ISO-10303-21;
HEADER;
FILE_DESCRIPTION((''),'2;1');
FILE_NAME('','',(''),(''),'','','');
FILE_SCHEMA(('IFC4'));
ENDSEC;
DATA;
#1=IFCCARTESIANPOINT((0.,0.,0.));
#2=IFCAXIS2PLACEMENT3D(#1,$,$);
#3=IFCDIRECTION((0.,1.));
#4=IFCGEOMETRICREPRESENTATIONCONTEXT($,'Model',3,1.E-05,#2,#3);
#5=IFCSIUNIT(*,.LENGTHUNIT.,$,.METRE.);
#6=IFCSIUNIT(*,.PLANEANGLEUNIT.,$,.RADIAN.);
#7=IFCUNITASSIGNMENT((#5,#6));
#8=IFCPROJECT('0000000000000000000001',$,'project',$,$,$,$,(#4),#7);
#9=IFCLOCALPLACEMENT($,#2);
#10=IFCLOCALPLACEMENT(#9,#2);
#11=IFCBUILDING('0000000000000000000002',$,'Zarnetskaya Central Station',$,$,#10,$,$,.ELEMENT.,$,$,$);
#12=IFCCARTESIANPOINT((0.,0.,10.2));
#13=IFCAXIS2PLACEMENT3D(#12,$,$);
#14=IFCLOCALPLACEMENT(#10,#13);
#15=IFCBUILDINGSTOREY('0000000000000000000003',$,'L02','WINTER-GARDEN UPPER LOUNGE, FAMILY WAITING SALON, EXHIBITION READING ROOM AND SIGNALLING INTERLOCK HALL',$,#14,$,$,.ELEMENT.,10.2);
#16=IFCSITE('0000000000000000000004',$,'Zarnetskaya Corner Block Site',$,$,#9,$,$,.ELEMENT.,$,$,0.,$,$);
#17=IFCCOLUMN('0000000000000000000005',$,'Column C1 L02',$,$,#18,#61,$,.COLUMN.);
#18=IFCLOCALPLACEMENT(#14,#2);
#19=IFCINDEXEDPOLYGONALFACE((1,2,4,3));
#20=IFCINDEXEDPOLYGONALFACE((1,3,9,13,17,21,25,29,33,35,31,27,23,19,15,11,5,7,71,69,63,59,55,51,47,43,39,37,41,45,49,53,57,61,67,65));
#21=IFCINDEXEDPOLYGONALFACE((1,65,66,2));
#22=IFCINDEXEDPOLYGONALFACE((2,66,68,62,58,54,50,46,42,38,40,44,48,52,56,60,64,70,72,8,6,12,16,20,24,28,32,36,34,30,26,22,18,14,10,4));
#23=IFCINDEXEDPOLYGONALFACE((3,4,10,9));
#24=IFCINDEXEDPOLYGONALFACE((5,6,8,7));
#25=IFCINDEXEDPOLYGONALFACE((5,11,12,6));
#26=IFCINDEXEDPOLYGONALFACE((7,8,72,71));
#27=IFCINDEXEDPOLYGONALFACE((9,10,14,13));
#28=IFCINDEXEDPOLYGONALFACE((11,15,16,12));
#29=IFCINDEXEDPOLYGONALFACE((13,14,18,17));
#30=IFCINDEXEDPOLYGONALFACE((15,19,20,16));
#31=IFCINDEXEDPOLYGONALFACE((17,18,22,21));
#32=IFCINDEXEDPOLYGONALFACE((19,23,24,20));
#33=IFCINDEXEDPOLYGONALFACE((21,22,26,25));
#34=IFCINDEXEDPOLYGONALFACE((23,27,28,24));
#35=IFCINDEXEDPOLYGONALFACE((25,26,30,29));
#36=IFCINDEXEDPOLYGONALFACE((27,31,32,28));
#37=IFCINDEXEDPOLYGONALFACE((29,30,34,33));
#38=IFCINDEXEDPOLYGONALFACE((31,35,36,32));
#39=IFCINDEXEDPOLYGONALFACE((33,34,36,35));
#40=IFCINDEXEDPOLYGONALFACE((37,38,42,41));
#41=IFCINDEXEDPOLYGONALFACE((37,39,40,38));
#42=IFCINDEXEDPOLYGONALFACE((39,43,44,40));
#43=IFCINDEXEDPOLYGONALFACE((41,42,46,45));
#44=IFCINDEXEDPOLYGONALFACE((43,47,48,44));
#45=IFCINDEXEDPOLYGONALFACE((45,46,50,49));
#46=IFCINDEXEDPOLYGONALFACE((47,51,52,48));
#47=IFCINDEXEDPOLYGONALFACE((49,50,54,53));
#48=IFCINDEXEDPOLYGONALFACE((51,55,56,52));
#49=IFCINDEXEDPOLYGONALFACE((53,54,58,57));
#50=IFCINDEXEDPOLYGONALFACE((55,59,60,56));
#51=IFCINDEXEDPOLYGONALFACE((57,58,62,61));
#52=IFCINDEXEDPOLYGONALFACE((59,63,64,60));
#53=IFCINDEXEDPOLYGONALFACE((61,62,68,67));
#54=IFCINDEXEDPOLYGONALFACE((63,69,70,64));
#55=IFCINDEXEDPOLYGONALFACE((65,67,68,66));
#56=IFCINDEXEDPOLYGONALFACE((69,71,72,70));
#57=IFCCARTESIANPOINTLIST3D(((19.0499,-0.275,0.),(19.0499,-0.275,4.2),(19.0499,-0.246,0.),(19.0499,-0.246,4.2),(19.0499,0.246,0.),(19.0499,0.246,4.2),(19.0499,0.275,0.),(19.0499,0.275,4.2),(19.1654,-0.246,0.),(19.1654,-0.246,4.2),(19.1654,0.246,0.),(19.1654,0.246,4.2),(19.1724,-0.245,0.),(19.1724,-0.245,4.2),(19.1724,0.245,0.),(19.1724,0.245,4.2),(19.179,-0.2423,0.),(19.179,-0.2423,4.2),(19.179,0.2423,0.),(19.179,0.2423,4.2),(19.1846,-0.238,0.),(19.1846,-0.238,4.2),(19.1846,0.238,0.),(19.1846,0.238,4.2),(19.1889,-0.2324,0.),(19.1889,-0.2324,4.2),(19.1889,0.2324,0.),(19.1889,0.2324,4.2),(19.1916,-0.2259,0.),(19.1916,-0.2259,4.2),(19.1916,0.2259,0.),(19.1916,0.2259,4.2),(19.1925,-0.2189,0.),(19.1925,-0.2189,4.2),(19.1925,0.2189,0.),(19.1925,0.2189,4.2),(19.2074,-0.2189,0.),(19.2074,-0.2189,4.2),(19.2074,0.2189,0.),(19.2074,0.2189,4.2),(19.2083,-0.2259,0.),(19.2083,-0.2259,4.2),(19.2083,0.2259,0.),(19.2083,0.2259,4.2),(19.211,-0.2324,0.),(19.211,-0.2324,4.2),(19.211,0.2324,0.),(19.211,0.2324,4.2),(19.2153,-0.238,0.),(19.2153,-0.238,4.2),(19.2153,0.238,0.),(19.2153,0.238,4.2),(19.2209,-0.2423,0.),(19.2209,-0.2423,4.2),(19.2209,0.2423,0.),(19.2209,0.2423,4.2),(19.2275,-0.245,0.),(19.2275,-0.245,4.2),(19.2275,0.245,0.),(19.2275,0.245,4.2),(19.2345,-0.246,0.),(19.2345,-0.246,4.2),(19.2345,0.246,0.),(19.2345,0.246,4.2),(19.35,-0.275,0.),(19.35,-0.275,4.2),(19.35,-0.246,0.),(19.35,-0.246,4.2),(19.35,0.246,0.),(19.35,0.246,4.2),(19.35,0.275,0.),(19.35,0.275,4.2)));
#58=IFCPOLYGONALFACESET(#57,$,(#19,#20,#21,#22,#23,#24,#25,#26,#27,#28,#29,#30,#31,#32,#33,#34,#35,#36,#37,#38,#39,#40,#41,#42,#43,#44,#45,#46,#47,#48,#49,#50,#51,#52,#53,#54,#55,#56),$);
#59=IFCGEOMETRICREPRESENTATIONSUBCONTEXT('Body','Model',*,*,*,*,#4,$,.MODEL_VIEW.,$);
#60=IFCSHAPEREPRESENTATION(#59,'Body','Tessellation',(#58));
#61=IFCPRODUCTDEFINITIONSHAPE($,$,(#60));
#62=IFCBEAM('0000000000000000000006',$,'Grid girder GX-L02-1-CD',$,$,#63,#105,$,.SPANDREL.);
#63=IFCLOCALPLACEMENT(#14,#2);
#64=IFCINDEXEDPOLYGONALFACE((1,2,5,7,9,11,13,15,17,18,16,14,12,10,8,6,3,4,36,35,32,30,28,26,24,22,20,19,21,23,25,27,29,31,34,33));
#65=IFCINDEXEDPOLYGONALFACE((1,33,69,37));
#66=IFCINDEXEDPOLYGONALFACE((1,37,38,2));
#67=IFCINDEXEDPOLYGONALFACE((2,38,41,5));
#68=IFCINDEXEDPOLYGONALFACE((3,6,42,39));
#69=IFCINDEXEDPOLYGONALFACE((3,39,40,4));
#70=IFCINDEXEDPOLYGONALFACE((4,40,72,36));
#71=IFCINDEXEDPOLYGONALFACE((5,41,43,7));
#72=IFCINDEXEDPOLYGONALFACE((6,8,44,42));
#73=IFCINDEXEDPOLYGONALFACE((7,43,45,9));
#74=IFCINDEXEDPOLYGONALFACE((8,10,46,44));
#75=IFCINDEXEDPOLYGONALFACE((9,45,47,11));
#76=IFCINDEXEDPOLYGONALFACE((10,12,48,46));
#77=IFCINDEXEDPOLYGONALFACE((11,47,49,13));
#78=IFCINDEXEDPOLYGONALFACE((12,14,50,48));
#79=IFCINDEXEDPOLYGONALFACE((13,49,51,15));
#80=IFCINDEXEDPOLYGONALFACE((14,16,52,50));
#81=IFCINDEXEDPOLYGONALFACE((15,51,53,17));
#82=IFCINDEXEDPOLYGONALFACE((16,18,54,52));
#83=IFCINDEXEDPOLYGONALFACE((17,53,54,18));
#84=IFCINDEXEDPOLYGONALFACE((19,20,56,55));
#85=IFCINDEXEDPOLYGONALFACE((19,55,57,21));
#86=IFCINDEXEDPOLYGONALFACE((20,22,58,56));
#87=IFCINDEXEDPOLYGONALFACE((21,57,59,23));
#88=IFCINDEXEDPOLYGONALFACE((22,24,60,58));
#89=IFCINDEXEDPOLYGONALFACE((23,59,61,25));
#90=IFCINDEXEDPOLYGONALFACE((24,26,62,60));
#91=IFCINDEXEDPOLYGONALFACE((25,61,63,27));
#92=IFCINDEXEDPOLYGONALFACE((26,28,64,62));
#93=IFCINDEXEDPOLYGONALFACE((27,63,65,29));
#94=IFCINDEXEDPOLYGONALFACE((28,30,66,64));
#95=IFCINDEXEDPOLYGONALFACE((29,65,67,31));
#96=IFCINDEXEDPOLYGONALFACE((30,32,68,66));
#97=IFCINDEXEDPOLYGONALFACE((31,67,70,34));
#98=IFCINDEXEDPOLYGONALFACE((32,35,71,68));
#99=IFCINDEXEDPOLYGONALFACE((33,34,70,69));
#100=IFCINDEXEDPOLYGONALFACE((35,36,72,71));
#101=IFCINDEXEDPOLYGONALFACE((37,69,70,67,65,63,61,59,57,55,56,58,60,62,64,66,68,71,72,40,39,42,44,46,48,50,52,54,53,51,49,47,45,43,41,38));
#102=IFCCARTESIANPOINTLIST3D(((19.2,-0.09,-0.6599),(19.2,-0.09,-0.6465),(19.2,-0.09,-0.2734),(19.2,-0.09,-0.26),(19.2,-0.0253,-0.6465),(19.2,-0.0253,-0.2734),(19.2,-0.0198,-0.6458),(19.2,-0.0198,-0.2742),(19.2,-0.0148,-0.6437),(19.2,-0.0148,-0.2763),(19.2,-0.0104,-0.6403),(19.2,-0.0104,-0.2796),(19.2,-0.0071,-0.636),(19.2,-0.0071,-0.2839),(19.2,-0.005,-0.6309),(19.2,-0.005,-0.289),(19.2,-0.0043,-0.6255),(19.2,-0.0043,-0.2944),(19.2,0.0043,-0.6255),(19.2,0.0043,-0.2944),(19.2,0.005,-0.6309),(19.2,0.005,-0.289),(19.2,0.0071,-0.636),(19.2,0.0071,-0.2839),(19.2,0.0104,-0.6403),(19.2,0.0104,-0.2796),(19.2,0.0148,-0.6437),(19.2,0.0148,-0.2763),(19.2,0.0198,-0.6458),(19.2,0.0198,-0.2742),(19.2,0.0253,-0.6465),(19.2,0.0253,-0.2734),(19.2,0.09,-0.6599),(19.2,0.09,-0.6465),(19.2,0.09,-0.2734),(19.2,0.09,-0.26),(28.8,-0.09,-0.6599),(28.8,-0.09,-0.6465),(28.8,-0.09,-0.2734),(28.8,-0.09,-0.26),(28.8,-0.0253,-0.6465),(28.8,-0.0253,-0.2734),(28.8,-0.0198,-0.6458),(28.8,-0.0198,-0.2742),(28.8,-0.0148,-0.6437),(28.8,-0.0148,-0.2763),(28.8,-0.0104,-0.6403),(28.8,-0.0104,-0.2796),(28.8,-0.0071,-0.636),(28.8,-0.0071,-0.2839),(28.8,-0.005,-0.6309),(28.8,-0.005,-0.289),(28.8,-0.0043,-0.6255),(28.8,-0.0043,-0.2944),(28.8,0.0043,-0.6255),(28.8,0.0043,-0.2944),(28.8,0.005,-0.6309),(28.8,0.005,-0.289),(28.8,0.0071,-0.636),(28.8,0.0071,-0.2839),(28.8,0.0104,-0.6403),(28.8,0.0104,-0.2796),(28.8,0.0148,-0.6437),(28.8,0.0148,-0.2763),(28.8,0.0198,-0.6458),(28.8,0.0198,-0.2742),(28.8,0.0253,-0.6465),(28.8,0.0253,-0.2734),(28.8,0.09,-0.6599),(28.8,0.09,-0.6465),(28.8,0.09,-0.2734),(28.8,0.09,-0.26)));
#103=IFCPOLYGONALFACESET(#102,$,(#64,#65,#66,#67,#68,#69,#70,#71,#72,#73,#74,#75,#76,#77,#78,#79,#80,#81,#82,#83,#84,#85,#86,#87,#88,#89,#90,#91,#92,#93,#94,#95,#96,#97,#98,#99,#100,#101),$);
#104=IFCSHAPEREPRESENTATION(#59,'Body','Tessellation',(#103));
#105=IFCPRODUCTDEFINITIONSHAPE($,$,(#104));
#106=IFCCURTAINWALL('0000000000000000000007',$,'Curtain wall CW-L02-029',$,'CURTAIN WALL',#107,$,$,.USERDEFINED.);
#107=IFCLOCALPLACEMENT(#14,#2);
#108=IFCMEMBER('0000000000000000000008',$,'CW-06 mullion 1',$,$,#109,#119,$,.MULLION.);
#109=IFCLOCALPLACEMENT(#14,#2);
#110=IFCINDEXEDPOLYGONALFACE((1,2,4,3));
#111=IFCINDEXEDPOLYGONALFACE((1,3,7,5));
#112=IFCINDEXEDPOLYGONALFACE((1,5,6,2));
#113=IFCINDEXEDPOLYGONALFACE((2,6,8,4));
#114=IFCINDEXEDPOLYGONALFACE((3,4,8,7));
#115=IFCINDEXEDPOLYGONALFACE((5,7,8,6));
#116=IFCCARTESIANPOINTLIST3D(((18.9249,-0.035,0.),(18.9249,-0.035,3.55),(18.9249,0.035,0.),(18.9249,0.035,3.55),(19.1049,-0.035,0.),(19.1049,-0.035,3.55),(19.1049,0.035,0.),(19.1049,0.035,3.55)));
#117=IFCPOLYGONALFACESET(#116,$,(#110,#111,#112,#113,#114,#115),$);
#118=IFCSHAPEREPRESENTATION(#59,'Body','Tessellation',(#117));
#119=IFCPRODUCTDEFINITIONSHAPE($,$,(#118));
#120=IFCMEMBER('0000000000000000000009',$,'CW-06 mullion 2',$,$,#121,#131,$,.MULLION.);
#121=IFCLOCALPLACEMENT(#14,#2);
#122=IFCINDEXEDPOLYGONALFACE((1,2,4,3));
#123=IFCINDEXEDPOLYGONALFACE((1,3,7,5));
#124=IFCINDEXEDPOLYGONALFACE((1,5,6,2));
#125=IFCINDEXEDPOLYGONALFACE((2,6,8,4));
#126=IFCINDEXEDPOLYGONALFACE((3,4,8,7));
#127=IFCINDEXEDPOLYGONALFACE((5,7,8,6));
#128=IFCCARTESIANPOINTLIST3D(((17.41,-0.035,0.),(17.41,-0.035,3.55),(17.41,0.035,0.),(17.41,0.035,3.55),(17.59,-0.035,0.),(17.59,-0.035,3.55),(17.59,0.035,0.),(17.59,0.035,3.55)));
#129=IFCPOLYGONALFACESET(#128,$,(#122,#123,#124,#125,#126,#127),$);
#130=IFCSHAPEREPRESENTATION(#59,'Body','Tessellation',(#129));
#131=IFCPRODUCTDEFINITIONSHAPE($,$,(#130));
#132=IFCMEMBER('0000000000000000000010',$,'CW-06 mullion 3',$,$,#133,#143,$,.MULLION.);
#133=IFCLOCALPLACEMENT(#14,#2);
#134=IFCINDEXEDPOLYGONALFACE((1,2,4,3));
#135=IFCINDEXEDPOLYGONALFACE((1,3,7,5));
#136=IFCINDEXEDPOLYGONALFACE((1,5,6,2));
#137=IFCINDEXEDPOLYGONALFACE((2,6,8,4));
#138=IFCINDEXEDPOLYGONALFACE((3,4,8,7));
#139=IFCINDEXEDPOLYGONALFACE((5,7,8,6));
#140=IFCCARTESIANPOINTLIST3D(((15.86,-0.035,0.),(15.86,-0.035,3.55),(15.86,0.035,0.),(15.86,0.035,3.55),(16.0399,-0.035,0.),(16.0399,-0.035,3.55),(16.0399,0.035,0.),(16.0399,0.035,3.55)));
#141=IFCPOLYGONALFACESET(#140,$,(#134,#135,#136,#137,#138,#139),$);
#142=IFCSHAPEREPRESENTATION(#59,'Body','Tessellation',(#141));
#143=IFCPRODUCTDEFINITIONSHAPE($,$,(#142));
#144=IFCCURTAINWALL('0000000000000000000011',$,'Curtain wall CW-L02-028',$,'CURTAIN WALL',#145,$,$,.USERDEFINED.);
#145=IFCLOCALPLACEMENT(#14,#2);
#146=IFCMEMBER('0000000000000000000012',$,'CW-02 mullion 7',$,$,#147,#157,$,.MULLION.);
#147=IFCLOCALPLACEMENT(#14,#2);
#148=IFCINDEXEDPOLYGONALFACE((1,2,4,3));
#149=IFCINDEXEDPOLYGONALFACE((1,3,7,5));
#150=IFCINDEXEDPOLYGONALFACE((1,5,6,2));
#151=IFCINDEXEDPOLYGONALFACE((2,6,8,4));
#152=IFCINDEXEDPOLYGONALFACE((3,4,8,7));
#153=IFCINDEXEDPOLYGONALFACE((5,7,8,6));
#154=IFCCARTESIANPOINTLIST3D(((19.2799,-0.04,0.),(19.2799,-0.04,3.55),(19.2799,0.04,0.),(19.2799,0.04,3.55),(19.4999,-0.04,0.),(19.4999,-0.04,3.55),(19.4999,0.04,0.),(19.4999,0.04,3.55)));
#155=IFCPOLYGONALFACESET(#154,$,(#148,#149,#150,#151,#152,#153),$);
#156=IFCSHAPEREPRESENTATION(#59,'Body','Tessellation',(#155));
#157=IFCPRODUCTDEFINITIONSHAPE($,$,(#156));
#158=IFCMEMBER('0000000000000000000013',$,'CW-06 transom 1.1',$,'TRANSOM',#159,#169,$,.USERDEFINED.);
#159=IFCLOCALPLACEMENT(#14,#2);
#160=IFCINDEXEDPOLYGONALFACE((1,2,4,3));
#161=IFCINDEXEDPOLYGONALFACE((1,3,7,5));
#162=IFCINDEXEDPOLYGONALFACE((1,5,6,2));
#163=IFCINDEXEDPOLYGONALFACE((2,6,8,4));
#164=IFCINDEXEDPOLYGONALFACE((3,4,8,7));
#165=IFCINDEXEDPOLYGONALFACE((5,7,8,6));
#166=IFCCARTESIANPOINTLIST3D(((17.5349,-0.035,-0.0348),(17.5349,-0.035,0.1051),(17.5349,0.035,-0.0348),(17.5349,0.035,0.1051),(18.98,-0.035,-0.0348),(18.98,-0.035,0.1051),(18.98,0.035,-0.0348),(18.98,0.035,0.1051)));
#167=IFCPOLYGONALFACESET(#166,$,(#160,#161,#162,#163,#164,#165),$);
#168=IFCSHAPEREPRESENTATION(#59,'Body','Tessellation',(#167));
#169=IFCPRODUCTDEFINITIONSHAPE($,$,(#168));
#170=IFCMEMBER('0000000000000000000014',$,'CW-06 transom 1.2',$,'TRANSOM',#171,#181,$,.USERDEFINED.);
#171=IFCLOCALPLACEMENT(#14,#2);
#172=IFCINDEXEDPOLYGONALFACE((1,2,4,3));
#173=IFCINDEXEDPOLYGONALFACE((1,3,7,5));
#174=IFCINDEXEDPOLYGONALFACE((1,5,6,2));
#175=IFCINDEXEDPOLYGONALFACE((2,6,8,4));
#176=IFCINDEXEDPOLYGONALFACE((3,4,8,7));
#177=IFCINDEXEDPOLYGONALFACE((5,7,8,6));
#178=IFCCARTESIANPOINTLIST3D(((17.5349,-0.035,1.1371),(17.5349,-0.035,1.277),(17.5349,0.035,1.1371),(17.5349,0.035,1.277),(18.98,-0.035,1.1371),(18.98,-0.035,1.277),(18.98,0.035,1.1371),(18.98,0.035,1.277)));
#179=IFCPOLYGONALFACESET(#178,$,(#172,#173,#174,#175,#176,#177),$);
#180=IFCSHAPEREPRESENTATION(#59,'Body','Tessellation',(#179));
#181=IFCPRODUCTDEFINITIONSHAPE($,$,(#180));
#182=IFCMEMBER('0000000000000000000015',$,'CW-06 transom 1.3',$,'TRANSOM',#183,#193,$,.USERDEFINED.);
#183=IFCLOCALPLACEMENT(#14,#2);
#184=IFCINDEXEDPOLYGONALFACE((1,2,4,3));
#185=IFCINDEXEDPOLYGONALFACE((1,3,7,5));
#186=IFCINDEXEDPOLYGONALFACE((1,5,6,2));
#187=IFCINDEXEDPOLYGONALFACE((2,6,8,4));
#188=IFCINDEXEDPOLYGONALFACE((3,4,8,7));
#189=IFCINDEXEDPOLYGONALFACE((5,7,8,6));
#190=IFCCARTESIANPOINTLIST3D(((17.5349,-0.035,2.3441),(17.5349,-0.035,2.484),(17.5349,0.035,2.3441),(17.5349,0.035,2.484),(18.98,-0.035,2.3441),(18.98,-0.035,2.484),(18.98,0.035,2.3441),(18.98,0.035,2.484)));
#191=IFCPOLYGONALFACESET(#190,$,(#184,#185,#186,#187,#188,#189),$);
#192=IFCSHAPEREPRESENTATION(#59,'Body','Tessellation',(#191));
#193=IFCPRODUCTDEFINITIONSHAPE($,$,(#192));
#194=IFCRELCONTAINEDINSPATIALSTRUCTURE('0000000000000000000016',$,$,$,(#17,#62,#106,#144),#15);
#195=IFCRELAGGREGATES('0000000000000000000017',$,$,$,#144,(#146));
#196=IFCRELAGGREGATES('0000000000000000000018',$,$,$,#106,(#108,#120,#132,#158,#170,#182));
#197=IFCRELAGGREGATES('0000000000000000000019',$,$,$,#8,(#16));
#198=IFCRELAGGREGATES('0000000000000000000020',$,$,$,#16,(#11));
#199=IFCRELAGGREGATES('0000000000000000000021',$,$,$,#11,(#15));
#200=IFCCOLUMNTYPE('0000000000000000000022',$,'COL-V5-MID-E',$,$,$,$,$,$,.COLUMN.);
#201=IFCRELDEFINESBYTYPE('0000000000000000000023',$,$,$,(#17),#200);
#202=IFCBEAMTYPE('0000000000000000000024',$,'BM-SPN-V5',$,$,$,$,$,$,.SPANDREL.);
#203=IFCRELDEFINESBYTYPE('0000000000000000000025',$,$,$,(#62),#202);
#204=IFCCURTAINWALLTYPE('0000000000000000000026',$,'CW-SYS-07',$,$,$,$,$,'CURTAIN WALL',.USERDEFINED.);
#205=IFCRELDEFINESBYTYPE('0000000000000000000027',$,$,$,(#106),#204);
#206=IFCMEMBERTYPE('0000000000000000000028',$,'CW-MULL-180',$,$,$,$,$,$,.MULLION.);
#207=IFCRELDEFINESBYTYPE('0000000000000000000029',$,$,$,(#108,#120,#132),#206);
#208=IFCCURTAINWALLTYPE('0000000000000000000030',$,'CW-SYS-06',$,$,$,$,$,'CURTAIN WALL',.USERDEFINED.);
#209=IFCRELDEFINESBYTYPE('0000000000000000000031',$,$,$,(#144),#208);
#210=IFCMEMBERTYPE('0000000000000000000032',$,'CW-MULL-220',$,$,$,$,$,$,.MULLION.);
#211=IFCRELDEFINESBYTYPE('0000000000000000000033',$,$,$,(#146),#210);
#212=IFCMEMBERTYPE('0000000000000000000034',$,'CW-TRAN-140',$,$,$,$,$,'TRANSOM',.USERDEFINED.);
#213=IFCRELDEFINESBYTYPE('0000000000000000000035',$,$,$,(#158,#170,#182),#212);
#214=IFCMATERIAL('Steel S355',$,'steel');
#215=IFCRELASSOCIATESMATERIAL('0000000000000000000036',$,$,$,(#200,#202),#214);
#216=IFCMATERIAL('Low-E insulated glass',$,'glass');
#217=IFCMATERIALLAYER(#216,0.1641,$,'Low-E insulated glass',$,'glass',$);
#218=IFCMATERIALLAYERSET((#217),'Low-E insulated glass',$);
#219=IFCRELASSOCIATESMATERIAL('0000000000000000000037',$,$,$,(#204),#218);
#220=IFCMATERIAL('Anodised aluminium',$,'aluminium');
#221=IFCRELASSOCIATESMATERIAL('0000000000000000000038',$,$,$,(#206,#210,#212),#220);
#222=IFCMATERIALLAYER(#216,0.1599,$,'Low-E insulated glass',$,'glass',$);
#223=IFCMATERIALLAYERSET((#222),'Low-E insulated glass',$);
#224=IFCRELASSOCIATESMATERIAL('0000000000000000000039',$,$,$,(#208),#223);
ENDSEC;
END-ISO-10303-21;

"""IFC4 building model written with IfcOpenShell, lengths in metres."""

from ifc_helpers import new_model, si_unit, direction, frame, origin, origin_2d, place, context, subcontext, project, spatial, rectangle, i_section, extrude, material, layer, layer_set, material_profile, profile_set, type_object, element, aggregate, save


model = new_model("IFC4")

# Units and contexts
model_context = context("Model", 3, precision=1e-05, world=origin(), true_north=direction((0.0, 1.0)))
body_context = subcontext(model_context, "Body", "Model", "MODEL_VIEW")
ifc_project = project(units=[si_unit("LENGTHUNIT", "METRE"), si_unit("PLANEANGLEUNIT", "RADIAN")], contexts=[model_context])

# Site, building, storey
site_placement = place(None, origin())
site = spatial("IfcSite", under=ifc_project, at=site_placement, Name="Zarnetskaya Corner Block Site", CompositionType="ELEMENT", RefElevation=0.0)
building_placement = place(site_placement, origin())
building = spatial("IfcBuilding", under=site, at=building_placement, Name="Zarnetskaya Central Station", CompositionType="ELEMENT")
storey_placement = place(building_placement, frame((0.0, 0.0, 10.2)))
storey = spatial("IfcBuildingStorey", under=building, at=storey_placement, Name="L02", Description="WINTER-GARDEN UPPER LOUNGE, FAMILY WAITING SALON, EXHIBITION READING ROOM AND SIGNALLING INTERLOCK HALL", CompositionType="ELEMENT", Elevation=10.2)

# Column
ifc_material_1 = material(Name="Steel S355", Category="steel")
ifc_material_profile_1 = material_profile(ifc_material_1, i_section(OverallWidth=0.3, OverallDepth=0.55, WebThickness=0.0149, FlangeThickness=0.0291, FilletRadius=0.0271, at=origin_2d()), Name="HEB 550")
ifc_profile_set_1 = profile_set([ifc_material_profile_1], Name="Steel S355")
column_type = type_object("IfcColumnType", Name="COL-V5-MID-E", PredefinedType="COLUMN", material=ifc_profile_set_1)
column_placement = place(storey_placement, frame((19.2, 0.0, 0.0), z_axis=(0.0, 0.0, 1.0), x_axis=(1.0, 0.0, 0.0)))
element("IfcColumn", 1, at=column_placement, inside=storey, type_object=column_type, Name="Column C1 L02", PredefinedType="COLUMN", context=body_context, shape_type="SweptSolid", body=[
    extrude(i_section(OverallWidth=0.3, OverallDepth=0.55, WebThickness=0.0149, FlangeThickness=0.0291, FilletRadius=0.0271, at=origin_2d()), origin(), (0.0, 0.0, 1.0), 4.2),
])

# Beam
ifc_material_profile_2 = material_profile(ifc_material_1, i_section(OverallWidth=0.1799, OverallDepth=0.3999, WebThickness=0.0085, FlangeThickness=0.0134, FilletRadius=0.021, at=origin_2d()), Name="IPE 400")
ifc_profile_set_2 = profile_set([ifc_material_profile_2], Name="Steel S355")
beam_type_1 = type_object("IfcBeamType", Name="BM-SPN-V5", PredefinedType="SPANDREL", material=ifc_profile_set_2)
beam_1_placement = place(storey_placement, frame((19.2, 0.0, -0.46), z_axis=(1.0, 0.0, 0.0), x_axis=(0.0, 1.0, 0.0)))
element("IfcBeam", 2, at=beam_1_placement, inside=storey, type_object=beam_type_1, Name="Grid girder GX-L02-1-CD", PredefinedType="SPANDREL", context=body_context, shape_type="SweptSolid", body=[
    extrude(i_section(OverallWidth=0.1799, OverallDepth=0.3999, WebThickness=0.0085, FlangeThickness=0.0134, FilletRadius=0.021, at=origin_2d()), origin(), (0.0, 0.0, 1.0), 9.6001),
])

# Curtain wall, members
ifc_material_2 = material(Name="Low-E insulated glass", Category="glass")
ifc_layer_1 = layer(ifc_material_2, 0.1641, Name="Low-E insulated glass", Category="glass")
ifc_layer_set_1 = layer_set([ifc_layer_1], Name="Low-E insulated glass")
curtain_wall_type_1 = type_object("IfcCurtainWallType", Name="CW-SYS-07", ElementType="CURTAIN WALL", PredefinedType="USERDEFINED", material=ifc_layer_set_1)
curtain_wall_1_placement = place(storey_placement, origin())
curtain_wall_1 = element("IfcCurtainWall", 3, at=curtain_wall_1_placement, inside=storey, type_object=curtain_wall_type_1, Name="Curtain wall CW-L02-029", ObjectType="CURTAIN WALL", PredefinedType="USERDEFINED")
ifc_material_3 = material(Name="Anodised aluminium", Category="aluminium")
ifc_material_profile_3 = material_profile(ifc_material_3, rectangle(XDim=0.0701, YDim=0.1799, at=origin_2d()), Name="ALU MULL 70x180")
ifc_profile_set_3 = profile_set([ifc_material_profile_3], Name="Anodised aluminium")
member_type_1 = type_object("IfcMemberType", Name="CW-MULL-180", PredefinedType="MULLION", material=ifc_profile_set_3)
member_1_placement = place(storey_placement, frame((19.0149, 0.0, 0.0), z_axis=(0.0, 0.0, 1.0), x_axis=(0.0, -1.0, 0.0)))
member_1 = element("IfcMember", 4, at=member_1_placement, type_object=member_type_1, Name="CW-06 mullion 1", PredefinedType="MULLION", context=body_context, shape_type="SweptSolid", body=[
    extrude(rectangle(XDim=0.0701, YDim=0.1799, at=origin_2d()), origin(), (0.0, 0.0, 1.0), 3.55),
])
member_2_placement = place(storey_placement, frame((17.5, 0.0, 0.0), z_axis=(0.0, 0.0, 1.0), x_axis=(0.0, -1.0, 0.0)))
member_2 = element("IfcMember", 5, at=member_2_placement, type_object=member_type_1, Name="CW-06 mullion 2", PredefinedType="MULLION", context=body_context, shape_type="SweptSolid", body=[
    extrude(rectangle(XDim=0.0701, YDim=0.1799, at=origin_2d()), origin(), (0.0, 0.0, 1.0), 3.55),
])
member_3_placement = place(storey_placement, frame((15.95, 0.0, 0.0), z_axis=(0.0, 0.0, 1.0), x_axis=(0.0, -1.0, 0.0)))
member_3 = element("IfcMember", 6, at=member_3_placement, type_object=member_type_1, Name="CW-06 mullion 3", PredefinedType="MULLION", context=body_context, shape_type="SweptSolid", body=[
    extrude(rectangle(XDim=0.0701, YDim=0.1799, at=origin_2d()), origin(), (0.0, 0.0, 1.0), 3.55),
])

# Curtain wall, member
ifc_layer_2 = layer(ifc_material_2, 0.1599, Name="Low-E insulated glass", Category="glass")
ifc_layer_set_2 = layer_set([ifc_layer_2], Name="Low-E insulated glass")
curtain_wall_type_2 = type_object("IfcCurtainWallType", Name="CW-SYS-06", ElementType="CURTAIN WALL", PredefinedType="USERDEFINED", material=ifc_layer_set_2)
curtain_wall_2_placement = place(storey_placement, origin())
curtain_wall_2 = element("IfcCurtainWall", 7, at=curtain_wall_2_placement, inside=storey, type_object=curtain_wall_type_2, Name="Curtain wall CW-L02-028", ObjectType="CURTAIN WALL", PredefinedType="USERDEFINED")
ifc_material_profile_4 = material_profile(ifc_material_3, rectangle(XDim=0.0801, YDim=0.22, at=origin_2d()), Name="ALU MULL 80x220")
ifc_profile_set_4 = profile_set([ifc_material_profile_4], Name="Anodised aluminium")
member_type_2 = type_object("IfcMemberType", Name="CW-MULL-220", PredefinedType="MULLION", material=ifc_profile_set_4)
member_4_placement = place(storey_placement, frame((19.3899, 0.0, 0.0), z_axis=(0.0, 0.0, 1.0), x_axis=(0.0, -1.0, 0.0)))
member_4 = element("IfcMember", 8, at=member_4_placement, type_object=member_type_2, Name="CW-02 mullion 7", PredefinedType="MULLION", context=body_context, shape_type="SweptSolid", body=[
    extrude(rectangle(XDim=0.0801, YDim=0.22, at=origin_2d()), origin(), (0.0, 0.0, 1.0), 3.55),
])

# Members
ifc_material_profile_5 = material_profile(ifc_material_3, rectangle(XDim=0.0701, YDim=0.1399, at=origin_2d()), Name="ALU TRAN 70x140")
ifc_profile_set_5 = profile_set([ifc_material_profile_5], Name="Anodised aluminium")
member_type_3 = type_object("IfcMemberType", Name="CW-TRAN-140", ElementType="TRANSOM", PredefinedType="USERDEFINED", material=ifc_profile_set_5)
member_5_placement = place(storey_placement, frame((18.98, 0.0, 0.0352), z_axis=(-1.0, 0.0, 0.0), x_axis=(0.0, -1.0, 0.0)))
member_5 = element("IfcMember", 9, at=member_5_placement, type_object=member_type_3, Name="CW-06 transom 1.1", ObjectType="TRANSOM", PredefinedType="USERDEFINED", context=body_context, shape_type="SweptSolid", body=[
    extrude(rectangle(XDim=0.0701, YDim=0.1399, at=origin_2d()), origin(), (0.0, 0.0, 1.0), 1.4451),
])
member_6_placement = place(storey_placement, frame((18.98, 0.0, 1.207), z_axis=(-1.0, 0.0, 0.0), x_axis=(0.0, -1.0, 0.0)))
member_6 = element("IfcMember", 10, at=member_6_placement, type_object=member_type_3, Name="CW-06 transom 1.2", ObjectType="TRANSOM", PredefinedType="USERDEFINED", context=body_context, shape_type="SweptSolid", body=[
    extrude(rectangle(XDim=0.0701, YDim=0.1399, at=origin_2d()), origin(), (0.0, 0.0, 1.0), 1.4451),
])
member_7_placement = place(storey_placement, frame((18.98, 0.0, 2.4141), z_axis=(-1.0, 0.0, 0.0), x_axis=(0.0, -1.0, 0.0)))
member_7 = element("IfcMember", 11, at=member_7_placement, type_object=member_type_3, Name="CW-06 transom 1.3", ObjectType="TRANSOM", PredefinedType="USERDEFINED", context=body_context, shape_type="SweptSolid", body=[
    extrude(rectangle(XDim=0.0701, YDim=0.1399, at=origin_2d()), origin(), (0.0, 0.0, 1.0), 1.4451),
])

aggregate(curtain_wall_2, [member_4])
aggregate(curtain_wall_1, [member_1, member_2, member_3, member_5, member_6, member_7])

save(model, "model.ifc")
